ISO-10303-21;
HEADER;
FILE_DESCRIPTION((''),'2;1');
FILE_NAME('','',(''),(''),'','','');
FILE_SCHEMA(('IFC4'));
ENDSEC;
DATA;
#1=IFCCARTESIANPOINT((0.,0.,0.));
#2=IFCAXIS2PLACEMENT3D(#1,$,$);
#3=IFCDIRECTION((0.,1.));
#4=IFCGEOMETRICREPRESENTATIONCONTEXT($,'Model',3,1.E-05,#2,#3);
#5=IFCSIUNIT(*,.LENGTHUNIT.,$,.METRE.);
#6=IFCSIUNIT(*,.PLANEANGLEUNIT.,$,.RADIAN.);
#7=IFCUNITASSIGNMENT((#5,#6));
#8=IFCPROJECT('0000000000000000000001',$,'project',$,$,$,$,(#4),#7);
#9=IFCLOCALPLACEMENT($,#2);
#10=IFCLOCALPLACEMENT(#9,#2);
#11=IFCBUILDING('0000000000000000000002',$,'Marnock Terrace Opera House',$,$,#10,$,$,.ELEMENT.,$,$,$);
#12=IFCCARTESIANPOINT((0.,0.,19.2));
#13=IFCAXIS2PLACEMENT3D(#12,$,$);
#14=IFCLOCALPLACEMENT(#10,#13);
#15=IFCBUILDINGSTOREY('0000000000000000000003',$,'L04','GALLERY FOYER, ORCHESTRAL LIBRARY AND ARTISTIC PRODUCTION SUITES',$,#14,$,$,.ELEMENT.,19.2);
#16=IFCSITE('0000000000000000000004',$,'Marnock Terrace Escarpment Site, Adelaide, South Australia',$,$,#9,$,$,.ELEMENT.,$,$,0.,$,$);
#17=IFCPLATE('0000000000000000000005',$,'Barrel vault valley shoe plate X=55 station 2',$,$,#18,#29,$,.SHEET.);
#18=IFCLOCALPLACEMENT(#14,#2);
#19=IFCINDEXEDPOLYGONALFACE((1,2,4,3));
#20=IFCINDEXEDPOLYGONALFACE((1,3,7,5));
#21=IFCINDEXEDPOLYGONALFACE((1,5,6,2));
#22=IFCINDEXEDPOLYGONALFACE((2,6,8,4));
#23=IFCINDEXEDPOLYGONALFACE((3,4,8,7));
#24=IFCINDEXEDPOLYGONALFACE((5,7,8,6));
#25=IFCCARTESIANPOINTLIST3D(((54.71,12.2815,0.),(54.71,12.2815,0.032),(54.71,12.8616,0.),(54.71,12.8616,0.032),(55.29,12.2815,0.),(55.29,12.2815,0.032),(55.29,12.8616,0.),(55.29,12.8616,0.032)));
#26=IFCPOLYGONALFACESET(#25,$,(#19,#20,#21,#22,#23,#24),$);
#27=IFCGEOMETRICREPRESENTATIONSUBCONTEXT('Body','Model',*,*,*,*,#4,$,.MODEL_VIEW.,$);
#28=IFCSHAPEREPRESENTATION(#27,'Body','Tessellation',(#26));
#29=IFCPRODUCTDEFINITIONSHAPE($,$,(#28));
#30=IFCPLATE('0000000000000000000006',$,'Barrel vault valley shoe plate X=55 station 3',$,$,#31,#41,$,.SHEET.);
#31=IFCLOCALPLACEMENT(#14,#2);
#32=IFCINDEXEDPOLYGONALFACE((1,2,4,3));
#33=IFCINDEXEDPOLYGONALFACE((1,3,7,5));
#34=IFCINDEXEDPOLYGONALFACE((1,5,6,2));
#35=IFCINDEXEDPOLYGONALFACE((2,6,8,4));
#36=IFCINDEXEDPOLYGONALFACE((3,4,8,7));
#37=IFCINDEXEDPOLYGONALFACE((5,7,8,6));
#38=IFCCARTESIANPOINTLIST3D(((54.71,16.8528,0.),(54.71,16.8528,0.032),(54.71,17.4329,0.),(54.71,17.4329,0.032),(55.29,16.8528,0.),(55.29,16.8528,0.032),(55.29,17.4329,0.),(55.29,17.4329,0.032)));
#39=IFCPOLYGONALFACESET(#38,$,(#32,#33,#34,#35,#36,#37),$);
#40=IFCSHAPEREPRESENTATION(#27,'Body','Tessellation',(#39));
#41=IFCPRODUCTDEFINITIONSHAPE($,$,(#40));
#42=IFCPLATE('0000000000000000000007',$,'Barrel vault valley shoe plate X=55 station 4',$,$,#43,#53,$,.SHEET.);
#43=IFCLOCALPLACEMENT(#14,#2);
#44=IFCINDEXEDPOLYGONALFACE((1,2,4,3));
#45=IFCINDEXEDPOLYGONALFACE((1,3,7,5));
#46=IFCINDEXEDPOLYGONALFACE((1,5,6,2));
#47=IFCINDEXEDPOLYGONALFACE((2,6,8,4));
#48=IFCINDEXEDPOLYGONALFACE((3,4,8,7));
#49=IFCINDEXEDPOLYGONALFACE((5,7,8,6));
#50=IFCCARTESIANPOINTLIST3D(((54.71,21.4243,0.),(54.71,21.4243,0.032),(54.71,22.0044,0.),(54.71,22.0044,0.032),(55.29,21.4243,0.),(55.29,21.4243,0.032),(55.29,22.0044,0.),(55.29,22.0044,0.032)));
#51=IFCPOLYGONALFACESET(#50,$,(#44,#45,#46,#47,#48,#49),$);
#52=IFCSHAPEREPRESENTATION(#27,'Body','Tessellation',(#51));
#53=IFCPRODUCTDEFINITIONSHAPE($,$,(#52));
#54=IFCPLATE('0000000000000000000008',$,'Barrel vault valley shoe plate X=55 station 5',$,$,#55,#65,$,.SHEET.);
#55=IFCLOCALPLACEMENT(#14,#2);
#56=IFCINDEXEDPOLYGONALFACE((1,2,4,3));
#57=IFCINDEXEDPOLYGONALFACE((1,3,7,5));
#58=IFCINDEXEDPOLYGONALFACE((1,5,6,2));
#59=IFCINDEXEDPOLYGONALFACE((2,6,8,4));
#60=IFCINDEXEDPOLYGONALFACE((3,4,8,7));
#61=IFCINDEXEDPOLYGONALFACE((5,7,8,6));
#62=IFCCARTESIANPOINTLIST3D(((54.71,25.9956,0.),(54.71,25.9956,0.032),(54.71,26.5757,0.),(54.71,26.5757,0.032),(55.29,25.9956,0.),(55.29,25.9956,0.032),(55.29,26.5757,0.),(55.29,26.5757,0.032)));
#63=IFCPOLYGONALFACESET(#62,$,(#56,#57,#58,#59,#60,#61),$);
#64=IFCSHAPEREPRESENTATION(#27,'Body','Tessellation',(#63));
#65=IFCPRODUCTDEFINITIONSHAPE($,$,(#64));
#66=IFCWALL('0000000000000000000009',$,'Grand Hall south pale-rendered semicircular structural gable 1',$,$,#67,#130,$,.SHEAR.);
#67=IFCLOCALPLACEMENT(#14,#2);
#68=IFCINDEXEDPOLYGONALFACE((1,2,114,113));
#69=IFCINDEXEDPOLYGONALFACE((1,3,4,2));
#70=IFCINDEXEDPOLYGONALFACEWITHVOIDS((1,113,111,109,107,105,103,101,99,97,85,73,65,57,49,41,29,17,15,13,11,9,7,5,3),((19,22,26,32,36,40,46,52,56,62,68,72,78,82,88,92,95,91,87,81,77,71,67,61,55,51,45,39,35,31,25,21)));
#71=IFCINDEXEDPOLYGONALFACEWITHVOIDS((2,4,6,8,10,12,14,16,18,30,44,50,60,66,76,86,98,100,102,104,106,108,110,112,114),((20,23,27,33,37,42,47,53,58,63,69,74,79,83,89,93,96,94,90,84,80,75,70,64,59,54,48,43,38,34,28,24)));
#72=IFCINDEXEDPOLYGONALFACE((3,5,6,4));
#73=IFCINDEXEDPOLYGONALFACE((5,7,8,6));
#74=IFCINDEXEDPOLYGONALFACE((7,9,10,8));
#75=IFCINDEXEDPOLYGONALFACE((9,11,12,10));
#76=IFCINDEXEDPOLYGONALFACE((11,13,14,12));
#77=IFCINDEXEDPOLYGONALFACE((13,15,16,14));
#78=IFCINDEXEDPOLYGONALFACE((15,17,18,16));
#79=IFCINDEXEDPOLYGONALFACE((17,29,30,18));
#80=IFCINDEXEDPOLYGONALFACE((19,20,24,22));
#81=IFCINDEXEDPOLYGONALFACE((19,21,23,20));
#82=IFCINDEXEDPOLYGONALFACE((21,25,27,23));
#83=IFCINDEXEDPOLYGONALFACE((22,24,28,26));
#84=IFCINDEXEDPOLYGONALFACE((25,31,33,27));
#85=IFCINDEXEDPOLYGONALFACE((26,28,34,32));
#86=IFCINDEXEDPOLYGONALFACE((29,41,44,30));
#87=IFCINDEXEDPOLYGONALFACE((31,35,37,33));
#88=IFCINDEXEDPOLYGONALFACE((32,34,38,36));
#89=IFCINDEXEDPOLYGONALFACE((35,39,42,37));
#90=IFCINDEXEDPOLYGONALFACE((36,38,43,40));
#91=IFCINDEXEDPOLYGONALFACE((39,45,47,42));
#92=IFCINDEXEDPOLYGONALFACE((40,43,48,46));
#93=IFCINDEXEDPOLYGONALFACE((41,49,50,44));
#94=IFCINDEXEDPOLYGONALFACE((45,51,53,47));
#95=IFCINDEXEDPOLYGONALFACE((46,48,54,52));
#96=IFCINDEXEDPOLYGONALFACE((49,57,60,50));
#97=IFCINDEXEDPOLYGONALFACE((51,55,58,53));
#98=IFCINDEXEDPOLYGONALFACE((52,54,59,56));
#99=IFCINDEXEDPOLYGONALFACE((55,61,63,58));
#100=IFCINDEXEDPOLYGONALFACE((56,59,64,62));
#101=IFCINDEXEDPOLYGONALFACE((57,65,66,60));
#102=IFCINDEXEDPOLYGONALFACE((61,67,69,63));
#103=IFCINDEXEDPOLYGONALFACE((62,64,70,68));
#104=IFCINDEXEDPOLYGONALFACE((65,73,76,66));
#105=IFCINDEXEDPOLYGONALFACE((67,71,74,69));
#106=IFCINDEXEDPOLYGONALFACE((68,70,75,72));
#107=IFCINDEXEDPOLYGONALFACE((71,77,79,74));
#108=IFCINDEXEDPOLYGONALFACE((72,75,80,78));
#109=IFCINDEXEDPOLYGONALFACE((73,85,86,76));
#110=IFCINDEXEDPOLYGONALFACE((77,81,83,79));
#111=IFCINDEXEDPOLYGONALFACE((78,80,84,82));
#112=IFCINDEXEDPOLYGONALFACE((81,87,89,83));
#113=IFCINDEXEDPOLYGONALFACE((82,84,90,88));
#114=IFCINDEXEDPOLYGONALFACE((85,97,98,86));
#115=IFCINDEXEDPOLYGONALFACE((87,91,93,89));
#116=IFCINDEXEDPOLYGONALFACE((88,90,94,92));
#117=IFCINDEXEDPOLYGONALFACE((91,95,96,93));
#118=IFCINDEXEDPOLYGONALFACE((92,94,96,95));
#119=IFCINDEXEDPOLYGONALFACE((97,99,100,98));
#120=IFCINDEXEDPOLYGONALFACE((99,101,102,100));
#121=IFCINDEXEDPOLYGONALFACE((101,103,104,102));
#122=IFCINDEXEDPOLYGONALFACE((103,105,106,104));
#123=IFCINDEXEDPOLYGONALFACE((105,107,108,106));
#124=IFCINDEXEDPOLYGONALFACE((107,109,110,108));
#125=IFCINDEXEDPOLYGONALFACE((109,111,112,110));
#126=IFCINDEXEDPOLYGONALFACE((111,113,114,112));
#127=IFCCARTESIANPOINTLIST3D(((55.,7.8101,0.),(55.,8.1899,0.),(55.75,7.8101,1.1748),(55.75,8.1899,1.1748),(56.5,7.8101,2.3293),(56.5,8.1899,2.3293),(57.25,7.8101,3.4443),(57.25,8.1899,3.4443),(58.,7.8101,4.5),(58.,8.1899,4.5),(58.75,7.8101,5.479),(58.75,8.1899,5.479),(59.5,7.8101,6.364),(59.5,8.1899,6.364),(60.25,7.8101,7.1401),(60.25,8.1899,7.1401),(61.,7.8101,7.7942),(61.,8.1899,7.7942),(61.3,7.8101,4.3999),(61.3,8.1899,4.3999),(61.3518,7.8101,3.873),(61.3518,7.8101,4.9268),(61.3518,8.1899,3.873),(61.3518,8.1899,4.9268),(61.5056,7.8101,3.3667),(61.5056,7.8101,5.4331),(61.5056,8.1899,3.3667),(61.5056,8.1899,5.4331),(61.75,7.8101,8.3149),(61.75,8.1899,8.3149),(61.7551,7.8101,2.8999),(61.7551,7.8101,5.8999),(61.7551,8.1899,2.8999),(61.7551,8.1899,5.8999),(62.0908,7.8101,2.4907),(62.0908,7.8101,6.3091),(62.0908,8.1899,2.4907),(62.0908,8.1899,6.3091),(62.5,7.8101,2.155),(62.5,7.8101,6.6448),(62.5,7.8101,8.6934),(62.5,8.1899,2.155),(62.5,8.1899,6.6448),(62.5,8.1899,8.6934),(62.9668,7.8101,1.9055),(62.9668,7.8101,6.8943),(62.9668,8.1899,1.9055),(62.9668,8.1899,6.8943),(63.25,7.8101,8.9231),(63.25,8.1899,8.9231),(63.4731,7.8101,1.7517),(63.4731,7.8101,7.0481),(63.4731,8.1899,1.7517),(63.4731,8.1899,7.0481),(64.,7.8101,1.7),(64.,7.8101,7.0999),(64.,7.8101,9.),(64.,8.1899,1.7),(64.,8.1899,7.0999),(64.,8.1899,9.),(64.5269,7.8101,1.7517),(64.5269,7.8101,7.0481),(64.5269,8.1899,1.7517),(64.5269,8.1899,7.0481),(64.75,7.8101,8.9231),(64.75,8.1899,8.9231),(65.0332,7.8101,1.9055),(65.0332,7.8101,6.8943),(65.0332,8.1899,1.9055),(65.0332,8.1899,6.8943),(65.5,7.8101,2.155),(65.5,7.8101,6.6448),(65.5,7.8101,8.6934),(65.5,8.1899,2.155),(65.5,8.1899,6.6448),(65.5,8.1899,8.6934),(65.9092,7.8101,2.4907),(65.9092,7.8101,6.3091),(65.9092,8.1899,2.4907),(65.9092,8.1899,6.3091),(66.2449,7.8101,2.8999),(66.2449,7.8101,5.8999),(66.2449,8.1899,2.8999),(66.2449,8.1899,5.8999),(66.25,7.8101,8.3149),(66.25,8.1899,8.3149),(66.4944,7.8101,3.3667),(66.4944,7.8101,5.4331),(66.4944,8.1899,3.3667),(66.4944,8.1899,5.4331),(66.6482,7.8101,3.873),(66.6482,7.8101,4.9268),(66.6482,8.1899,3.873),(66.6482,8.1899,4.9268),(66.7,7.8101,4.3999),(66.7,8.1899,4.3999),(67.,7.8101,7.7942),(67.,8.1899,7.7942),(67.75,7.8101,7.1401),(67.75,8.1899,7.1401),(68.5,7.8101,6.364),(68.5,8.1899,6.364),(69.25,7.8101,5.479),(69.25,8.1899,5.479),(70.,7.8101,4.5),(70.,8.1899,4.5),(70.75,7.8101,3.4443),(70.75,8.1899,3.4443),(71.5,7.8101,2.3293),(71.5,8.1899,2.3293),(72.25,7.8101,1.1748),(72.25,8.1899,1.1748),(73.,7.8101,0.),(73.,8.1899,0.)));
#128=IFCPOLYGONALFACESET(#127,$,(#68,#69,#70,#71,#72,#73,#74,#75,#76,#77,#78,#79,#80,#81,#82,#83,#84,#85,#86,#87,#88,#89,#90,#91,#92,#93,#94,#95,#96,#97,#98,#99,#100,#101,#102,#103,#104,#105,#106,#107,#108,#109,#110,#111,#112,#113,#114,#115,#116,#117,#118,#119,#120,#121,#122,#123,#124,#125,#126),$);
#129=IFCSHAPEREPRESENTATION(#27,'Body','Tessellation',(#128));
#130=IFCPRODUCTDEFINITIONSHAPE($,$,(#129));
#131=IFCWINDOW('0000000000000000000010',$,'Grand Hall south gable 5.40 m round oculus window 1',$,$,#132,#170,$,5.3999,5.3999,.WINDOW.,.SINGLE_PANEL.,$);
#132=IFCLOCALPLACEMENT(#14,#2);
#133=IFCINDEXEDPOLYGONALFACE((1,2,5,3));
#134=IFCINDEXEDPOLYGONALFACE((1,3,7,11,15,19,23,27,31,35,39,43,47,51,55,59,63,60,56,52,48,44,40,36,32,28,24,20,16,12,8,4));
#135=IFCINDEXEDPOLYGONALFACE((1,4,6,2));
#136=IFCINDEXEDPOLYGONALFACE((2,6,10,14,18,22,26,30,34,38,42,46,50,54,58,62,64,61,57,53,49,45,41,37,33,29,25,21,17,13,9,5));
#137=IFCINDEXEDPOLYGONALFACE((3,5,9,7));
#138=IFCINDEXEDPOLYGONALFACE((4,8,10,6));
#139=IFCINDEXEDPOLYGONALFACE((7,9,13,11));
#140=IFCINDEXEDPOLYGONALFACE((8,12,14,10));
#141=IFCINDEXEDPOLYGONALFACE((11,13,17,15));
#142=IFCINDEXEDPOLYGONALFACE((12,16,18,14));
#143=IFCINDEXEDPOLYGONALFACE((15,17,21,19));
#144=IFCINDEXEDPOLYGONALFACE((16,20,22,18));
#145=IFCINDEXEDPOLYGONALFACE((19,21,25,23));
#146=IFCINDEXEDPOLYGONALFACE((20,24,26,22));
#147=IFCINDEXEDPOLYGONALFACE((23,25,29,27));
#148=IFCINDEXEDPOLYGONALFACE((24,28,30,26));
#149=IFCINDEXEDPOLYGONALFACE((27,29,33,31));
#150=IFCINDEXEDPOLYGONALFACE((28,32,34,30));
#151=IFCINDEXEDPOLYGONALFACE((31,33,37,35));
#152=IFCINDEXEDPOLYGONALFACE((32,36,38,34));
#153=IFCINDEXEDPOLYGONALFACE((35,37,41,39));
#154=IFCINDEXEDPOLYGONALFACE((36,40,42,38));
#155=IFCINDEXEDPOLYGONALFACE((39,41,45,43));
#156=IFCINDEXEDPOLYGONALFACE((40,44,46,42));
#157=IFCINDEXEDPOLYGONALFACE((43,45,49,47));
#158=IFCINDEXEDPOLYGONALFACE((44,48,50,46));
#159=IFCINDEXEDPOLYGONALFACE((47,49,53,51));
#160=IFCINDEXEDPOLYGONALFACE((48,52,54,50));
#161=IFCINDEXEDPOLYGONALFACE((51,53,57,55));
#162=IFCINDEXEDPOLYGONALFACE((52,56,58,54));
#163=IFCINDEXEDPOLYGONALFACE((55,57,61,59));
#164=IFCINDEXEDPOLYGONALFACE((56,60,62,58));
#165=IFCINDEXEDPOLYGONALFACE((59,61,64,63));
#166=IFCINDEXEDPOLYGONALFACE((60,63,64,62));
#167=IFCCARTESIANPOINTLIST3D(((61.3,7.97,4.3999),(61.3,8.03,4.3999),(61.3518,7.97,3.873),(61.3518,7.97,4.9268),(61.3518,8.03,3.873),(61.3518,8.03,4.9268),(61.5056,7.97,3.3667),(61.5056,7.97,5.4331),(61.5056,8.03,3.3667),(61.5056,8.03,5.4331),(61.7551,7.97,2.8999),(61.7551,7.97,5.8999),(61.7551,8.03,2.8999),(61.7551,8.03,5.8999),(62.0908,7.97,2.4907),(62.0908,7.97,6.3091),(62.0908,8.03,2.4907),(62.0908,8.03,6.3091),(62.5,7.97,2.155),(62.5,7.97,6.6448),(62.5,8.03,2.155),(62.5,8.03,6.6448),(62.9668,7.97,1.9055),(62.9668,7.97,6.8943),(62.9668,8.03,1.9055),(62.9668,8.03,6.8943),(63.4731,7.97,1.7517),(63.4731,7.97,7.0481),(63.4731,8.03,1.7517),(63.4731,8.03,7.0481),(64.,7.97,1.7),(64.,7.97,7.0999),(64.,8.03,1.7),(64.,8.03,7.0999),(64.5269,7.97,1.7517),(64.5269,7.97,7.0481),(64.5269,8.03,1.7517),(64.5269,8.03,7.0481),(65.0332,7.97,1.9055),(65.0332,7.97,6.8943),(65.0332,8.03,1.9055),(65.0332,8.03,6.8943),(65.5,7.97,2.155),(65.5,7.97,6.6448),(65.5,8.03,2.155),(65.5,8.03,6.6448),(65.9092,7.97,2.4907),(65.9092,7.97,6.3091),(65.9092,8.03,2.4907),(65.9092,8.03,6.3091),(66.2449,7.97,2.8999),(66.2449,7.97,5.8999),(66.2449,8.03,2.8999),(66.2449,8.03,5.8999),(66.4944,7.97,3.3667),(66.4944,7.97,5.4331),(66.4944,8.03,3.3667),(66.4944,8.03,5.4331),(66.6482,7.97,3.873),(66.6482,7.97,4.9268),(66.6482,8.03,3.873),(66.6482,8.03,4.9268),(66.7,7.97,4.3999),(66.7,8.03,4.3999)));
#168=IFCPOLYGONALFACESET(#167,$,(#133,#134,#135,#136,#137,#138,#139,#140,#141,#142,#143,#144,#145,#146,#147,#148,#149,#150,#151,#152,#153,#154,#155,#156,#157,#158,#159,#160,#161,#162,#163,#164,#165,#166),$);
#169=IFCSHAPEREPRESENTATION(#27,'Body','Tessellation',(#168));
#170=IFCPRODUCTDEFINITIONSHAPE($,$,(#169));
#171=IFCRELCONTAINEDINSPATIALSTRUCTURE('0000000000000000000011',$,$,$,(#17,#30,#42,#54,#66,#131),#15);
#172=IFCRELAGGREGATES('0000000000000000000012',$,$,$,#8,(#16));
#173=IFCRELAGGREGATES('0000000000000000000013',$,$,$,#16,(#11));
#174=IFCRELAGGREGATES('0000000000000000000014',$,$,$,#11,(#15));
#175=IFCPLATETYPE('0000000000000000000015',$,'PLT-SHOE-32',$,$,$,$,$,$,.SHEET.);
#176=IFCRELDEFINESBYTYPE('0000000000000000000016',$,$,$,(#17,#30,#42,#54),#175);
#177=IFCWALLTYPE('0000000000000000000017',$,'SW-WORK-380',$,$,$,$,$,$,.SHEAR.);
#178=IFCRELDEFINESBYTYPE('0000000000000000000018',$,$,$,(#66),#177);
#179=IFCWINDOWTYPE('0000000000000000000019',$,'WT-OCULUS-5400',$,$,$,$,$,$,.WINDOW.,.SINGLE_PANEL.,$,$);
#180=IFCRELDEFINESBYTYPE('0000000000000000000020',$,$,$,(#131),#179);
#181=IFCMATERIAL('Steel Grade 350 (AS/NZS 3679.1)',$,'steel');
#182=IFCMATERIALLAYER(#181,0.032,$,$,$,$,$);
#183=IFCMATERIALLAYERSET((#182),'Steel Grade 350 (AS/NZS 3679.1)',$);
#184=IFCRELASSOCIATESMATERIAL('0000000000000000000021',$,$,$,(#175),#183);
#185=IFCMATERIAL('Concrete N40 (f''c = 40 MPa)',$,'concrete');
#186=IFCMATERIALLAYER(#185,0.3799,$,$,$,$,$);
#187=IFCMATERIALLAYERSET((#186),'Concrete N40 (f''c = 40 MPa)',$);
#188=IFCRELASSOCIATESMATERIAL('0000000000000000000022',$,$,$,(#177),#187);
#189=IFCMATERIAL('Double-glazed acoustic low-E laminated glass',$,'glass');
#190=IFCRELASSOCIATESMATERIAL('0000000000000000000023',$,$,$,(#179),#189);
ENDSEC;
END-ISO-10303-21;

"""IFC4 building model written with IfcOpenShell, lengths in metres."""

from ifc_helpers import new_model, si_unit, direction, frame, origin, origin_2d, place, context, subcontext, project, spatial, polyline, rectangle, outline, extrude, material, layer, layer_set, type_object, element, fill, save


model = new_model("IFC4")

# Units and contexts
model_context = context("Model", 3, precision=1e-05, world=origin(), true_north=direction((0.0, 1.0)))
body_context = subcontext(model_context, "Body", "Model", "MODEL_VIEW")
ifc_project = project(units=[si_unit("LENGTHUNIT", "METRE"), si_unit("PLANEANGLEUNIT", "RADIAN")], contexts=[model_context])

# Site, building, storey
site_placement = place(None, origin())
site = spatial("IfcSite", under=ifc_project, at=site_placement, Name="Marnock Terrace Escarpment Site, Adelaide, South Australia", CompositionType="ELEMENT", RefElevation=0.0)
building_placement = place(site_placement, origin())
building = spatial("IfcBuilding", under=site, at=building_placement, Name="Marnock Terrace Opera House", CompositionType="ELEMENT")
storey_placement = place(building_placement, frame((0.0, 0.0, 19.2)))
storey = spatial("IfcBuildingStorey", under=building, at=storey_placement, Name="L04", Description="GALLERY FOYER, ORCHESTRAL LIBRARY AND ARTISTIC PRODUCTION SUITES", CompositionType="ELEMENT", Elevation=19.2)

# Shared definitions
ifc_material_1 = material(Name="Steel Grade 350 (AS/NZS 3679.1)", Category="steel")

# Plates
ifc_layer_1 = layer(ifc_material_1, 0.032)
ifc_layer_set_1 = layer_set([ifc_layer_1], Name="Steel Grade 350 (AS/NZS 3679.1)")
plate_type_1 = type_object("IfcPlateType", Name="PLT-SHOE-32", PredefinedType="SHEET", material=ifc_layer_set_1)
for number, where, z_axis, x_axis, name in (
    (1, (55.0, 12.5715, 0.0), (0.0, 0.0, 1.0), (1.0, 0.0, 0.0), "Barrel vault valley shoe plate X=55 station 2"),
    (2, (55.0, 17.1428, 0.0), (0.0, 0.0, 1.0), (1.0, 0.0, 0.0), "Barrel vault valley shoe plate X=55 station 3"),
    (3, (55.0, 21.7144, 0.0), (0.0, 0.0, 1.0), (1.0, 0.0, 0.0), "Barrel vault valley shoe plate X=55 station 4"),
    (4, (55.0, 26.2856, 0.0), (0.0, 0.0, 1.0), (1.0, 0.0, 0.0), "Barrel vault valley shoe plate X=55 station 5"),
):
    element("IfcPlate", number, at=place(storey_placement, frame(where, z_axis=z_axis, x_axis=x_axis)), inside=storey, type_object=plate_type_1, Name=name, PredefinedType="SHEET", context=body_context, shape_type="SweptSolid", body=[
        extrude(rectangle(XDim=0.5801, YDim=0.5801, at=origin_2d()), origin(), (0.0, 0.0, 1.0), 0.032),
    ])

# Wall, opening, window
ifc_material_2 = material(Name="Concrete N40 (f'c = 40 MPa)", Category="concrete")
ifc_layer_2 = layer(ifc_material_2, 0.3799)
ifc_layer_set_2 = layer_set([ifc_layer_2], Name="Concrete N40 (f'c = 40 MPa)")
wall_type = type_object("IfcWallType", Name="SW-WORK-380", PredefinedType="SHEAR", material=ifc_layer_set_2)
wall_placement = place(storey_placement, frame((55.0, 8.0, 0.0), z_axis=(0.0, 0.0, 1.0), x_axis=(1.0, 0.0, 0.0)))
wall = element("IfcWall", 5, at=wall_placement, inside=storey, type_object=wall_type, Name="Grand Hall south pale-rendered semicircular structural gable 1", PredefinedType="SHEAR", context=body_context, shape_type="SweptSolid", body=[
    extrude(outline(polyline([(0.0, 0.0), (18.0, 0.0), (18.0, 0.0), (17.25, 1.1748), (16.5, 2.3293), (15.75, 3.4443), (15.0, 4.5), (14.25, 5.479), (13.5, 6.364), (12.75, 7.1401), (12.0, 7.7942), (11.25, 8.3149), (10.5, 8.6934), (9.75, 8.9231), (9.0, 9.0), (8.25, 8.9231), (7.5, 8.6934), (6.75, 8.3149), (6.0, 7.7942), (5.25, 7.1401), (4.5, 6.364), (3.75, 5.479), (3.0, 4.5), (2.25, 3.4443), (1.5, 2.3293), (0.75, 1.1748), (0.0, 0.0), (0.0, 0.0)])), frame((0.0, 0.1899, 0.0), z_axis=(0.0, -1.0, 0.0), x_axis=(1.0, 0.0, 0.0)), (0.0, 0.0, 1.0), 0.3799),
])
opening_placement = place(wall_placement, frame((6.3, 0.0, 1.7)))
opening = element("IfcOpeningElement", 6, at=opening_placement, cuts=wall, PredefinedType="OPENING", context=body_context, shape_type="SweptSolid", body=[
    extrude(outline(polyline([(5.3999, 2.7), (5.3481, 3.2268), (5.1943, 3.7332), (4.9448, 4.2), (4.6091, 4.6091), (4.2, 4.9448), (3.7332, 5.1943), (3.2268, 5.3481), (2.7, 5.3999), (2.1731, 5.3481), (1.6667, 5.1943), (1.2, 4.9448), (0.7908, 4.6091), (0.4551, 4.2), (0.2056, 3.7332), (0.0518, 3.2268), (0.0, 2.7), (0.0518, 2.1731), (0.2056, 1.6667), (0.4551, 1.2), (0.7908, 0.7908), (1.2, 0.4551), (1.6667, 0.2056), (2.1731, 0.0518), (2.7, 0.0), (3.2268, 0.0518), (3.7332, 0.2056), (4.2, 0.4551), (4.6091, 0.7908), (4.9448, 1.2), (5.1943, 1.6667), (5.3481, 2.1731), (5.3999, 2.7)])), frame((0.0, 0.2, 0.0), z_axis=(0.0, -1.0, 0.0), x_axis=(1.0, 0.0, 0.0)), (0.0, 0.0, 1.0), 0.3999),
])
ifc_material_3 = material(Name="Double-glazed acoustic low-E laminated glass", Category="glass")
window_type = type_object("IfcWindowType", Name="WT-OCULUS-5400", PartitioningType="SINGLE_PANEL", PredefinedType="WINDOW", material=ifc_material_3)
window_placement = place(opening_placement, origin())
window = element("IfcWindow", 7, at=window_placement, inside=storey, type_object=window_type, Name="Grand Hall south gable 5.40 m round oculus window 1", OverallHeight=5.3999, OverallWidth=5.3999, PartitioningType="SINGLE_PANEL", PredefinedType="WINDOW", context=body_context, shape_type="SweptSolid", body=[
    extrude(outline(polyline([(5.3999, 2.7), (5.3481, 3.2268), (5.1943, 3.7332), (4.9448, 4.2), (4.6091, 4.6091), (4.2, 4.9448), (3.7332, 5.1943), (3.2268, 5.3481), (2.7, 5.3999), (2.1731, 5.3481), (1.6667, 5.1943), (1.2, 4.9448), (0.7908, 4.6091), (0.4551, 4.2), (0.2056, 3.7332), (0.0518, 3.2268), (0.0, 2.7), (0.0518, 2.1731), (0.2056, 1.6667), (0.4551, 1.2), (0.7908, 0.7908), (1.2, 0.4551), (1.6667, 0.2056), (2.1731, 0.0518), (2.7, 0.0), (3.2268, 0.0518), (3.7332, 0.2056), (4.2, 0.4551), (4.6091, 0.7908), (4.9448, 1.2), (5.1943, 1.6667), (5.3481, 2.1731), (5.3999, 2.7)])), frame((0.0, 0.03, 0.0), z_axis=(0.0, -1.0, 0.0), x_axis=(1.0, 0.0, 0.0)), (0.0, 0.0, 1.0), 0.0601),
])
fill(opening, window)

save(model, "model.ifc")
